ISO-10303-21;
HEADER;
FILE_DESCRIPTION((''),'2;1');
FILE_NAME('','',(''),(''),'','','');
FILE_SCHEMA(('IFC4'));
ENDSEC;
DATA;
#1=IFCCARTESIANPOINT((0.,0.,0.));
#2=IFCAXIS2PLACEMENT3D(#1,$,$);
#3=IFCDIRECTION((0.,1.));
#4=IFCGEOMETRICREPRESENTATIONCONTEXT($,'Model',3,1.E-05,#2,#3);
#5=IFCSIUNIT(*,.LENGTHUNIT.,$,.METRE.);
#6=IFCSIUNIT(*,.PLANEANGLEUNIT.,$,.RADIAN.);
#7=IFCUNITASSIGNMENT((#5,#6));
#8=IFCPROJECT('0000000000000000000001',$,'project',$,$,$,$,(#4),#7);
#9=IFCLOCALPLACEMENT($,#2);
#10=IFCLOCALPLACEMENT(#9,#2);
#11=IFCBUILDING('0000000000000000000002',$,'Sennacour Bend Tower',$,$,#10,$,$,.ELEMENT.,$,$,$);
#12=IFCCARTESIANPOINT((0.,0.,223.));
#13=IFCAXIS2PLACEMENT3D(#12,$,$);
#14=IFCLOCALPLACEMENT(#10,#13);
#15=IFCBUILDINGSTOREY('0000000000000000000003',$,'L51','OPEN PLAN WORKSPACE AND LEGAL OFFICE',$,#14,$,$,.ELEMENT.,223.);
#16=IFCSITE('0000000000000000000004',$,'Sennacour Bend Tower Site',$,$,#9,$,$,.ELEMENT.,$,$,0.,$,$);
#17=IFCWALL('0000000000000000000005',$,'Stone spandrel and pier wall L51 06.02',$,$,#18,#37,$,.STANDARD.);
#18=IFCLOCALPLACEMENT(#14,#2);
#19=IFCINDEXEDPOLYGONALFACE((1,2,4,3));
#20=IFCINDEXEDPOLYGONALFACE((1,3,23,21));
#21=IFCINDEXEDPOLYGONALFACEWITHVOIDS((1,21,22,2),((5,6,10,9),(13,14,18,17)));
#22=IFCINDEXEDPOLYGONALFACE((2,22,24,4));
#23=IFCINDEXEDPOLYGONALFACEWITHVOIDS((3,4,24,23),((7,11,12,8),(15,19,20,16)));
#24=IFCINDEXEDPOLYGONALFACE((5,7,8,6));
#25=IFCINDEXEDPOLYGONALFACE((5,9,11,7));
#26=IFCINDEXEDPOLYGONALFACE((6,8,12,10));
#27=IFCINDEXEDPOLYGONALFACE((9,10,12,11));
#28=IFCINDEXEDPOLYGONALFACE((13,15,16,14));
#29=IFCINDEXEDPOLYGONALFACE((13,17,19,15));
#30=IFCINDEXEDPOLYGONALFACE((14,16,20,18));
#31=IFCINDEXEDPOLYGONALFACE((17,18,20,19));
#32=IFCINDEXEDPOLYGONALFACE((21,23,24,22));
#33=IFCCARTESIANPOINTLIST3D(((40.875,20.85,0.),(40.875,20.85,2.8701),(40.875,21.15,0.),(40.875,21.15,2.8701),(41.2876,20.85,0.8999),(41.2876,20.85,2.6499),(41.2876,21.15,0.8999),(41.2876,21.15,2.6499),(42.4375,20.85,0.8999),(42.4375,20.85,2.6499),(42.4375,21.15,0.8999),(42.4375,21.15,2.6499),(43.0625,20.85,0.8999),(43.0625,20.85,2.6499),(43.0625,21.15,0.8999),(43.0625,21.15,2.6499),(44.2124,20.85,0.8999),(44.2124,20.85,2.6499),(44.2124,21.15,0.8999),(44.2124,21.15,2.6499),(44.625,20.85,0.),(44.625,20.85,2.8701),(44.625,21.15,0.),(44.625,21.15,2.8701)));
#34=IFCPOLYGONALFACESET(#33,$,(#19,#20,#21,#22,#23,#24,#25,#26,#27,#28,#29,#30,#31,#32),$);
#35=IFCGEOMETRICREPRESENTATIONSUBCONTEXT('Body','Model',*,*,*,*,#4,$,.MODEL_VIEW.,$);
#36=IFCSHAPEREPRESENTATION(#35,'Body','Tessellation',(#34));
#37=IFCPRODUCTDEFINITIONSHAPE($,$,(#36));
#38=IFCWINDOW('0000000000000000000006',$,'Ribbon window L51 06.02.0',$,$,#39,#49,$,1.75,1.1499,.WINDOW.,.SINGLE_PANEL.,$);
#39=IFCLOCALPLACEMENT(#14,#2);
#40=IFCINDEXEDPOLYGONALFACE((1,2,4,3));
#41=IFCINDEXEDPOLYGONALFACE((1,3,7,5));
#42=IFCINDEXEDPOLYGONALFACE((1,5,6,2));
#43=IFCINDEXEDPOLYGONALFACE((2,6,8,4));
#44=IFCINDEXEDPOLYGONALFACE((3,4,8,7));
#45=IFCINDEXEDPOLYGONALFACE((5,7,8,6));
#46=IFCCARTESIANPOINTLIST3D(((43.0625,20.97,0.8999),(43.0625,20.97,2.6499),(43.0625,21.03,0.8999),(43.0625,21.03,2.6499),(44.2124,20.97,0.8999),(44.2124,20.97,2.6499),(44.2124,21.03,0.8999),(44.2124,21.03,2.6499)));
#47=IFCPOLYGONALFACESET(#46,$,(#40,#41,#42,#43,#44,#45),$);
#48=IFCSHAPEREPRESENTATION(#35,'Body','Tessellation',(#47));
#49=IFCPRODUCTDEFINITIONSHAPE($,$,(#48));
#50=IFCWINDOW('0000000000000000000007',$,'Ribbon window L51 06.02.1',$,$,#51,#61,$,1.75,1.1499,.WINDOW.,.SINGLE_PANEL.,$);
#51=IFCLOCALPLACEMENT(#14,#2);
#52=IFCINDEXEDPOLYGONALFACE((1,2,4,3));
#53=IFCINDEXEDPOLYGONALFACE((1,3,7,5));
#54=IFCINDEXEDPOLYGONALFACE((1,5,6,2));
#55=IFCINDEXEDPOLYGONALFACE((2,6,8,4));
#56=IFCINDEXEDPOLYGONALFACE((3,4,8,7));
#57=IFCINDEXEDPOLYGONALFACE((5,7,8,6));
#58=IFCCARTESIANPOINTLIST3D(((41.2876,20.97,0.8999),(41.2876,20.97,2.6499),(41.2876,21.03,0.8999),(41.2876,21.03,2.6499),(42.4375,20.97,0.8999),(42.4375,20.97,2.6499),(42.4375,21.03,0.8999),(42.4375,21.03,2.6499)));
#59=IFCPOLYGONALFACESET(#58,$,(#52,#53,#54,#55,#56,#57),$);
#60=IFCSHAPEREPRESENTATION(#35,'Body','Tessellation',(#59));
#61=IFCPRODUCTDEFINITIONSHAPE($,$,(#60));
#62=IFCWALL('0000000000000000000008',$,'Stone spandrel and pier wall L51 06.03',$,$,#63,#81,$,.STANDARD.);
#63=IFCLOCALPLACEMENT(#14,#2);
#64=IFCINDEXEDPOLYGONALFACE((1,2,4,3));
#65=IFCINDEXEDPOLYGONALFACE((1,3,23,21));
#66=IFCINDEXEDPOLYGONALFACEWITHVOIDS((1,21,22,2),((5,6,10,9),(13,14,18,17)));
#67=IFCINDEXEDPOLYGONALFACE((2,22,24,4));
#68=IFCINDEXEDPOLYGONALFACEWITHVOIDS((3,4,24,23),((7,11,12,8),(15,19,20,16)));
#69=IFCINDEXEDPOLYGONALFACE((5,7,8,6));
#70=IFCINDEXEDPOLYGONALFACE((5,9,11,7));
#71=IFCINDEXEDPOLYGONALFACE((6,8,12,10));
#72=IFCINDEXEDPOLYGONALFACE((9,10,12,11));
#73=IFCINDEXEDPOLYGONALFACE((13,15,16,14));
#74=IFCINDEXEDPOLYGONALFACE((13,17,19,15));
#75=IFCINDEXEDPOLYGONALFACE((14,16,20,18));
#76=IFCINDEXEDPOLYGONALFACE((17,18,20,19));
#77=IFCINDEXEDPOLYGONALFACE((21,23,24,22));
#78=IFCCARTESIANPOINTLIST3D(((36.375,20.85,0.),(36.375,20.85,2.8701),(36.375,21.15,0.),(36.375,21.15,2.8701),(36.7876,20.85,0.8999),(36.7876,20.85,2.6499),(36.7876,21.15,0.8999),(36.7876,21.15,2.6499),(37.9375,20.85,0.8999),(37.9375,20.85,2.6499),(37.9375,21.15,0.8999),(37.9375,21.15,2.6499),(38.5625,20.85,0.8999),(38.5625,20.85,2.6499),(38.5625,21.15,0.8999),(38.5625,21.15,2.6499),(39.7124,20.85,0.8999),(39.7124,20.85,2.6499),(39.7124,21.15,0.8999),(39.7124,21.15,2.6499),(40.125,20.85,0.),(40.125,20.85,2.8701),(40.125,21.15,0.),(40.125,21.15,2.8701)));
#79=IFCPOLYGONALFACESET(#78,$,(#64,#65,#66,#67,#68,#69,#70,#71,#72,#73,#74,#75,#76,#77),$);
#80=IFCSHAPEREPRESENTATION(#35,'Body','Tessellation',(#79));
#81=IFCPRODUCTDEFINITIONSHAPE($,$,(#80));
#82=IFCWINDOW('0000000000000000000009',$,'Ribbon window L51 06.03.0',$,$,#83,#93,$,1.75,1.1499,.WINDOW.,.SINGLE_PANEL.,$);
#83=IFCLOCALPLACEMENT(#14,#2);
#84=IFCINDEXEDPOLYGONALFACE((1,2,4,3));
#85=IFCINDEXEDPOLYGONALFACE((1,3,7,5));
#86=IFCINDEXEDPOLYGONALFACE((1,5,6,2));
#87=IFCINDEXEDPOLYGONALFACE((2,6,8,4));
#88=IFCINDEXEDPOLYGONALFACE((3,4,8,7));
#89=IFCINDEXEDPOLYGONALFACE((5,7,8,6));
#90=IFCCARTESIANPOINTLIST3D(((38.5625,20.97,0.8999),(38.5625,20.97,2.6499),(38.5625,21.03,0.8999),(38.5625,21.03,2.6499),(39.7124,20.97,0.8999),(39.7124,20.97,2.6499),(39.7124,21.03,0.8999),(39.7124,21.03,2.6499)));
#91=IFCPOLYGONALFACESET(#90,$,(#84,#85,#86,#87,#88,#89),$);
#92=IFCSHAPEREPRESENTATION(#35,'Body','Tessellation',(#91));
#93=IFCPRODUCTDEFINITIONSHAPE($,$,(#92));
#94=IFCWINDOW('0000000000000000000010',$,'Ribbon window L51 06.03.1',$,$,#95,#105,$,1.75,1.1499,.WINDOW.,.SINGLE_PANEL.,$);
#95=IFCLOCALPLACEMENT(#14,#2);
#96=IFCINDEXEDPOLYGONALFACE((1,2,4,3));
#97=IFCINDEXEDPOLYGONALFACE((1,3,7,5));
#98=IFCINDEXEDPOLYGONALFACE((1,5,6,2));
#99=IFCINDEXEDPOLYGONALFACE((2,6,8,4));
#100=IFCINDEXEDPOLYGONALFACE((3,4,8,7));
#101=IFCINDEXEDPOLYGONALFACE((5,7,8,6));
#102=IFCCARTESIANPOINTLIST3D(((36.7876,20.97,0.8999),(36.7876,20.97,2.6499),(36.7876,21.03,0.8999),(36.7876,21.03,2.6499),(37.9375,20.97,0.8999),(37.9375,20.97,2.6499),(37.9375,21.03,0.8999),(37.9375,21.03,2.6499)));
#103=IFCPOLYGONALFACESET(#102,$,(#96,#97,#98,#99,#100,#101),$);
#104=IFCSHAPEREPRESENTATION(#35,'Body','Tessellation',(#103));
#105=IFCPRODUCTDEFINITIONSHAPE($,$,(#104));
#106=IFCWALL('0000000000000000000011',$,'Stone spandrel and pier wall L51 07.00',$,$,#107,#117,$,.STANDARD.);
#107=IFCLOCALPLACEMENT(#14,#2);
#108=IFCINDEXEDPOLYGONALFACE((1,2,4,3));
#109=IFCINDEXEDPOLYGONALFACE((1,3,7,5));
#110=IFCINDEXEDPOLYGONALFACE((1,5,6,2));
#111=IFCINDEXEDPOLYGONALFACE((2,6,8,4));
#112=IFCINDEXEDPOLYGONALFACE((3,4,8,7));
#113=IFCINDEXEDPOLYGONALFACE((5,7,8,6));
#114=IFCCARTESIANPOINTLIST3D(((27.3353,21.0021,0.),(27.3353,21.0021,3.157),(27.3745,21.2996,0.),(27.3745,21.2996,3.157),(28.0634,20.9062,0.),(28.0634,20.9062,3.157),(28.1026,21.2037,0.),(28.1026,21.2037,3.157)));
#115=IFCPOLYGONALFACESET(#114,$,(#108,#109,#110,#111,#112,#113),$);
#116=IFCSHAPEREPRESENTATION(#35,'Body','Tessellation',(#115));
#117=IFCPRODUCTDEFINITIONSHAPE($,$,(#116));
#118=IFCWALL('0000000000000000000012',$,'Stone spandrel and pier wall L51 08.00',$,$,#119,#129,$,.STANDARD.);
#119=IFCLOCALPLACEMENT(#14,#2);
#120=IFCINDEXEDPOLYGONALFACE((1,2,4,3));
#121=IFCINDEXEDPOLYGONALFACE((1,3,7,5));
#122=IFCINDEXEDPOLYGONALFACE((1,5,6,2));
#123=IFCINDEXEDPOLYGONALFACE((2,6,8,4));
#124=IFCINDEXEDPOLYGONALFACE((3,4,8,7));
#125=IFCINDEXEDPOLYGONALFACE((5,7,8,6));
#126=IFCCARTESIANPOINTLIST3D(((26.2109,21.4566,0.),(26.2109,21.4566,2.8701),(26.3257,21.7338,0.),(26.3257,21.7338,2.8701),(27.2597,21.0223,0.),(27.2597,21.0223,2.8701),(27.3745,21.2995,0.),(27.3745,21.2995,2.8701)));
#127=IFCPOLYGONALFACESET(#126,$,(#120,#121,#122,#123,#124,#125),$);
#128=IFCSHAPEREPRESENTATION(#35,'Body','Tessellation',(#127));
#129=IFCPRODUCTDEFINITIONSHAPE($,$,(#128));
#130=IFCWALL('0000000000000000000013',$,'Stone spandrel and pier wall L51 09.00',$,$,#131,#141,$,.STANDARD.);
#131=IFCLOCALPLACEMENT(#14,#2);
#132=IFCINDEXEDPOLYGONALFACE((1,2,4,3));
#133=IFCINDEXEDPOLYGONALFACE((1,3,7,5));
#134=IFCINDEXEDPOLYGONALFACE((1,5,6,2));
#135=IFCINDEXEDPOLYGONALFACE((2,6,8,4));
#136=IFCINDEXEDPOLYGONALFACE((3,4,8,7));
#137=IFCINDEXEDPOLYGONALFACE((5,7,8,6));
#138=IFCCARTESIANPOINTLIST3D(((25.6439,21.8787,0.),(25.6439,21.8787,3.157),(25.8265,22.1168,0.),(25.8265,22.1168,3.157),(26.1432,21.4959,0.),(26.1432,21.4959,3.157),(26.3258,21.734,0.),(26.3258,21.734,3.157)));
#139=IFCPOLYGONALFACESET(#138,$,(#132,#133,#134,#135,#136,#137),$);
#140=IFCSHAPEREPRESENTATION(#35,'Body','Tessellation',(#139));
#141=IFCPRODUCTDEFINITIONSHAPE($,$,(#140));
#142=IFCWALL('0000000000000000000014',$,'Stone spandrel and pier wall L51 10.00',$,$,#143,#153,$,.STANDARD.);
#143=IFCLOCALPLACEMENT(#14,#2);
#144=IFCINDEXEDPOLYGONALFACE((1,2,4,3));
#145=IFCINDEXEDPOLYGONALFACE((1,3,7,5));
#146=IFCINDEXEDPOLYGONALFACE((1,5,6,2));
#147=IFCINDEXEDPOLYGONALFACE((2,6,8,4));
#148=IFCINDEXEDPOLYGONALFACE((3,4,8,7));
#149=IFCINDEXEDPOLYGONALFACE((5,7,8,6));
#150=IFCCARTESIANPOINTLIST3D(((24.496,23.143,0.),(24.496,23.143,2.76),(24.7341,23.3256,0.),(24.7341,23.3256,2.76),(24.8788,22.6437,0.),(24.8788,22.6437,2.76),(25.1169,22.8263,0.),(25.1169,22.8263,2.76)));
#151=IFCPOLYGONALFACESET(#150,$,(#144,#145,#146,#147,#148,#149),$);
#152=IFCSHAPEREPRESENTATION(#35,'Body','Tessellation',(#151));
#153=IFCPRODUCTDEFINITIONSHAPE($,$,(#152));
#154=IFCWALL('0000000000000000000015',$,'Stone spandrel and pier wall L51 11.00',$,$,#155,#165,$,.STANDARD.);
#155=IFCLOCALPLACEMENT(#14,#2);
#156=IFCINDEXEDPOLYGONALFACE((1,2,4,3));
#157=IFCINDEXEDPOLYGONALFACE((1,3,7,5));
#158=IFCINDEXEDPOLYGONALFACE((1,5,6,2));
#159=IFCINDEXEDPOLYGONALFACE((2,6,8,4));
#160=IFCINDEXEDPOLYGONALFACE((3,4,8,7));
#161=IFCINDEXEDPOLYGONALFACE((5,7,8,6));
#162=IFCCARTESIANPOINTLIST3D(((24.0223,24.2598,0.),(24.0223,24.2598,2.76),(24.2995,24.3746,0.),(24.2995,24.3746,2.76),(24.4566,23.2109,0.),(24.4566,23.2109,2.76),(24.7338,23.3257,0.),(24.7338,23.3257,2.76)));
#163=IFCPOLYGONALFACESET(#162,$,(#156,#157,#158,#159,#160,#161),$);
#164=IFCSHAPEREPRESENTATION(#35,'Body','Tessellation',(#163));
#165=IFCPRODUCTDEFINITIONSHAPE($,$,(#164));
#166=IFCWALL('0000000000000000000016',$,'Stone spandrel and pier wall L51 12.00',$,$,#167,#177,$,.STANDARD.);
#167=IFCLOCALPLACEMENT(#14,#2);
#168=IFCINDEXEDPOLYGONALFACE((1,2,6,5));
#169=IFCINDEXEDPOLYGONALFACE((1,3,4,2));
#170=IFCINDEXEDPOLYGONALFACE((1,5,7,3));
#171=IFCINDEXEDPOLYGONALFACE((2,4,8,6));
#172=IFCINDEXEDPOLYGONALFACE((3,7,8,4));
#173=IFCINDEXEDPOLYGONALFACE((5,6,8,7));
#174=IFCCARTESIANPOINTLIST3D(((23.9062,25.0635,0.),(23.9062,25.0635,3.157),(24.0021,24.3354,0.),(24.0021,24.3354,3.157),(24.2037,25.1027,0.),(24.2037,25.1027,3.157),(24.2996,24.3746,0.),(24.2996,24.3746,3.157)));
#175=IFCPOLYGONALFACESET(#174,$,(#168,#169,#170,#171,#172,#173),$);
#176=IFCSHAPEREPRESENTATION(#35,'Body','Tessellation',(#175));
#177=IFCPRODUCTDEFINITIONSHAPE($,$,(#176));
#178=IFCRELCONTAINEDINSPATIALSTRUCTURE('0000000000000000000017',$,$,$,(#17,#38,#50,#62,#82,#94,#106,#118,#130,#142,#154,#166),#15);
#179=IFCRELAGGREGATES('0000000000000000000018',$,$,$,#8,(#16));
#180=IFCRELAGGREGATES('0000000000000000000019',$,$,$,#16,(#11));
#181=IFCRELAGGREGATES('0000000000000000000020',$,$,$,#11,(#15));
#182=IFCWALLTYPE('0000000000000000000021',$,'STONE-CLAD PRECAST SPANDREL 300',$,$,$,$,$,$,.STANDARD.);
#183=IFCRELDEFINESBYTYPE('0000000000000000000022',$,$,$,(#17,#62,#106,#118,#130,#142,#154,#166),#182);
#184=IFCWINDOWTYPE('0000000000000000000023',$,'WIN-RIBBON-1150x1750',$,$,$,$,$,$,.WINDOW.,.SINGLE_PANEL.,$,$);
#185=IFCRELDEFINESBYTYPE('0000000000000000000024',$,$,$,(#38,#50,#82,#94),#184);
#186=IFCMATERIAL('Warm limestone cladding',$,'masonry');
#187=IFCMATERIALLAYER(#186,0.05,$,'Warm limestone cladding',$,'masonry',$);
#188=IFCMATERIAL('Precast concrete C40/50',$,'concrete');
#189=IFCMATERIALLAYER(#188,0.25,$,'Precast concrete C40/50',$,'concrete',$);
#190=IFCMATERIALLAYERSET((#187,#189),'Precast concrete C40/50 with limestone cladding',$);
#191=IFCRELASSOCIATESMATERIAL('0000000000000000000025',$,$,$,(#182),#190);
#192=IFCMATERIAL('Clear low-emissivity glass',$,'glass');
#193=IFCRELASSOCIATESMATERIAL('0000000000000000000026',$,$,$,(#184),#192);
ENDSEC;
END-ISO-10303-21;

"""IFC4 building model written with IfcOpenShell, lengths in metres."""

from ifc_helpers import new_model, si_unit, direction, frame, frame_2d, origin, place, context, subcontext, project, spatial, rectangle, extrude, material, layer, layer_set, type_object, element, fill, save


model = new_model("IFC4")

# Units and contexts
model_context = context("Model", 3, precision=1e-05, world=origin(), true_north=direction((0.0, 1.0)))
body_context = subcontext(model_context, "Body", "Model", "MODEL_VIEW")
ifc_project = project(units=[si_unit("LENGTHUNIT", "METRE"), si_unit("PLANEANGLEUNIT", "RADIAN")], contexts=[model_context])

# Site, building, storey
site_placement = place(None, origin())
site = spatial("IfcSite", under=ifc_project, at=site_placement, Name="Sennacour Bend Tower Site", CompositionType="ELEMENT", RefElevation=0.0)
building_placement = place(site_placement, origin())
building = spatial("IfcBuilding", under=site, at=building_placement, Name="Sennacour Bend Tower", CompositionType="ELEMENT")
storey_placement = place(building_placement, frame((0.0, 0.0, 223.0)))
storey = spatial("IfcBuildingStorey", under=building, at=storey_placement, Name="L51", Description="OPEN PLAN WORKSPACE AND LEGAL OFFICE", CompositionType="ELEMENT", Elevation=223.0)

# Walls, openings, windows
ifc_material_1 = material(Name="Warm limestone cladding", Category="masonry")
ifc_layer_1 = layer(ifc_material_1, 0.05, Name="Warm limestone cladding", Category="masonry")
ifc_material_2 = material(Name="Precast concrete C40/50", Category="concrete")
ifc_layer_2 = layer(ifc_material_2, 0.25, Name="Precast concrete C40/50", Category="concrete")
ifc_layer_set = layer_set([ifc_layer_1, ifc_layer_2], Name="Precast concrete C40/50 with limestone cladding")
wall_type = type_object("IfcWallType", Name="STONE-CLAD PRECAST SPANDREL 300", PredefinedType="STANDARD", material=ifc_layer_set)
wall_1_placement = place(storey_placement, frame((44.625, 21.0, 0.0), z_axis=(0.0, 0.0, 1.0), x_axis=(-1.0, 0.0, 0.0)))
wall_1 = element("IfcWall", 1, at=wall_1_placement, inside=storey, type_object=wall_type, Name="Stone spandrel and pier wall L51 06.02", PredefinedType="STANDARD", context=body_context, shape_type="SweptSolid", body=[
    extrude(rectangle(XDim=3.75, YDim=0.3, at=frame_2d((1.875, 0.0))), origin(), (0.0, 0.0, 1.0), 2.8701),
])
opening_1_placement = place(wall_1_placement, frame((0.4126, 0.0, 0.8999)))
opening_1 = element("IfcOpeningElement", 2, at=opening_1_placement, cuts=wall_1, PredefinedType="OPENING", context=body_context, shape_type="SweptSolid", body=[
    extrude(rectangle(XDim=1.1499, YDim=1.75, at=frame_2d((0.575, 0.875))), frame((0.0, 0.1602, 0.0), z_axis=(0.0, -1.0, 0.0), x_axis=(1.0, 0.0, 0.0)), (0.0, 0.0, 1.0), 0.3201),
])
opening_2_placement = place(wall_1_placement, frame((2.1875, 0.0, 0.8999)))
opening_2 = element("IfcOpeningElement", 3, at=opening_2_placement, cuts=wall_1, PredefinedType="OPENING", context=body_context, shape_type="SweptSolid", body=[
    extrude(rectangle(XDim=1.1499, YDim=1.75, at=frame_2d((0.575, 0.875))), frame((0.0, 0.1602, 0.0), z_axis=(0.0, -1.0, 0.0), x_axis=(1.0, 0.0, 0.0)), (0.0, 0.0, 1.0), 0.3201),
])
ifc_material_3 = material(Name="Clear low-emissivity glass", Category="glass")
window_type_1 = type_object("IfcWindowType", Name="WIN-RIBBON-1150x1750", PartitioningType="SINGLE_PANEL", PredefinedType="WINDOW", material=ifc_material_3)
window_1_placement = place(opening_1_placement, origin())
window_1 = element("IfcWindow", 4, at=window_1_placement, inside=storey, type_object=window_type_1, Name="Ribbon window L51 06.02.0", OverallHeight=1.75, OverallWidth=1.1499, PartitioningType="SINGLE_PANEL", PredefinedType="WINDOW", context=body_context, shape_type="SweptSolid", body=[
    extrude(rectangle(XDim=1.1499, YDim=1.75, at=frame_2d((0.575, 0.875))), frame((0.0, 0.03, 0.0), z_axis=(0.0, -1.0, 0.0), x_axis=(1.0, 0.0, 0.0)), (0.0, 0.0, 1.0), 0.0601),
])
fill(opening_1, window_1)
window_2_placement = place(opening_2_placement, origin())
window_2 = element("IfcWindow", 5, at=window_2_placement, inside=storey, type_object=window_type_1, Name="Ribbon window L51 06.02.1", OverallHeight=1.75, OverallWidth=1.1499, PartitioningType="SINGLE_PANEL", PredefinedType="WINDOW", context=body_context, shape_type="SweptSolid", body=[
    extrude(rectangle(XDim=1.1499, YDim=1.75, at=frame_2d((0.575, 0.875))), frame((0.0, 0.03, 0.0), z_axis=(0.0, -1.0, 0.0), x_axis=(1.0, 0.0, 0.0)), (0.0, 0.0, 1.0), 0.0601),
])
fill(opening_2, window_2)
wall_2_placement = place(storey_placement, frame((40.125, 21.0, 0.0), z_axis=(0.0, 0.0, 1.0), x_axis=(-1.0, 0.0, 0.0)))
wall_2 = element("IfcWall", 6, at=wall_2_placement, inside=storey, type_object=wall_type, Name="Stone spandrel and pier wall L51 06.03", PredefinedType="STANDARD", context=body_context, shape_type="SweptSolid", body=[
    extrude(rectangle(XDim=3.75, YDim=0.3, at=frame_2d((1.875, 0.0))), origin(), (0.0, 0.0, 1.0), 2.8701),
])
opening_3_placement = place(wall_2_placement, frame((0.4126, 0.0, 0.8999)))
opening_3 = element("IfcOpeningElement", 7, at=opening_3_placement, cuts=wall_2, PredefinedType="OPENING", context=body_context, shape_type="SweptSolid", body=[
    extrude(rectangle(XDim=1.1499, YDim=1.75, at=frame_2d((0.575, 0.875))), frame((0.0, 0.1602, 0.0), z_axis=(0.0, -1.0, 0.0), x_axis=(1.0, 0.0, 0.0)), (0.0, 0.0, 1.0), 0.3201),
])
opening_4_placement = place(wall_2_placement, frame((2.1875, 0.0, 0.8999)))
opening_4 = element("IfcOpeningElement", 8, at=opening_4_placement, cuts=wall_2, PredefinedType="OPENING", context=body_context, shape_type="SweptSolid", body=[
    extrude(rectangle(XDim=1.1499, YDim=1.75, at=frame_2d((0.575, 0.875))), frame((0.0, 0.1602, 0.0), z_axis=(0.0, -1.0, 0.0), x_axis=(1.0, 0.0, 0.0)), (0.0, 0.0, 1.0), 0.3201),
])
window_3_placement = place(opening_3_placement, origin())
window_3 = element("IfcWindow", 9, at=window_3_placement, inside=storey, type_object=window_type_1, Name="Ribbon window L51 06.03.0", OverallHeight=1.75, OverallWidth=1.1499, PartitioningType="SINGLE_PANEL", PredefinedType="WINDOW", context=body_context, shape_type="SweptSolid", body=[
    extrude(rectangle(XDim=1.1499, YDim=1.75, at=frame_2d((0.575, 0.875))), frame((0.0, 0.03, 0.0), z_axis=(0.0, -1.0, 0.0), x_axis=(1.0, 0.0, 0.0)), (0.0, 0.0, 1.0), 0.0601),
])
fill(opening_3, window_3)
window_4_placement = place(opening_4_placement, origin())
window_4 = element("IfcWindow", 10, at=window_4_placement, inside=storey, type_object=window_type_1, Name="Ribbon window L51 06.03.1", OverallHeight=1.75, OverallWidth=1.1499, PartitioningType="SINGLE_PANEL", PredefinedType="WINDOW", context=body_context, shape_type="SweptSolid", body=[
    extrude(rectangle(XDim=1.1499, YDim=1.75, at=frame_2d((0.575, 0.875))), frame((0.0, 0.03, 0.0), z_axis=(0.0, -1.0, 0.0), x_axis=(1.0, 0.0, 0.0)), (0.0, 0.0, 1.0), 0.0601),
])
fill(opening_4, window_4)

# Walls
wall_3_placement = place(storey_placement, frame((28.083, 21.0549, 0.0), z_axis=(0.0, 0.0, 1.0), x_axis=(-0.991427, 0.130661, 0.0)))
element("IfcWall", 11, at=wall_3_placement, inside=storey, type_object=wall_type, Name="Stone spandrel and pier wall L51 07.00", PredefinedType="STANDARD", context=body_context, shape_type="SweptSolid", body=[
    extrude(rectangle(XDim=0.7344, YDim=0.3, at=frame_2d((0.3672, 0.0))), origin(), (0.0, 0.0, 1.0), 3.157),
])
wall_4_placement = place(storey_placement, frame((27.3171, 21.1609, 0.0), z_axis=(0.0, 0.0, 1.0), x_axis=(-0.923915, 0.382599, 0.0)))
element("IfcWall", 12, at=wall_4_placement, inside=storey, type_object=wall_type, Name="Stone spandrel and pier wall L51 08.00", PredefinedType="STANDARD", context=body_context, shape_type="SweptSolid", body=[
    extrude(rectangle(XDim=1.1353, YDim=0.3, at=frame_2d((0.5676, 0.0))), origin(), (0.0, 0.0, 1.0), 2.8701),
])
wall_5_placement = place(storey_placement, frame((26.2344, 21.615, 0.0), z_axis=(0.0, 0.0, 1.0), x_axis=(-0.793575, 0.608472, 0.0)))
element("IfcWall", 13, at=wall_5_placement, inside=storey, type_object=wall_type, Name="Stone spandrel and pier wall L51 09.00", PredefinedType="STANDARD", context=body_context, shape_type="SweptSolid", body=[
    extrude(rectangle(XDim=0.6292, YDim=0.3, at=frame_2d((0.3145, 0.0))), origin(), (0.0, 0.0, 1.0), 3.157),
])
wall_6_placement = place(storey_placement, frame((24.9978, 22.7351, 0.0), z_axis=(0.0, 0.0, 1.0), x_axis=(-0.608472, 0.793575, 0.0)))
element("IfcWall", 14, at=wall_6_placement, inside=storey, type_object=wall_type, Name="Stone spandrel and pier wall L51 10.00", PredefinedType="STANDARD", context=body_context, shape_type="SweptSolid", body=[
    extrude(rectangle(XDim=0.6292, YDim=0.3, at=frame_2d((0.3145, 0.0))), origin(), (0.0, 0.0, 1.0), 2.76),
])
wall_7_placement = place(storey_placement, frame((24.5952, 23.2683, 0.0), z_axis=(0.0, 0.0, 1.0), x_axis=(-0.382599, 0.923915, 0.0)))
element("IfcWall", 15, at=wall_7_placement, inside=storey, type_object=wall_type, Name="Stone spandrel and pier wall L51 11.00", PredefinedType="STANDARD", context=body_context, shape_type="SweptSolid", body=[
    extrude(rectangle(XDim=1.1353, YDim=0.3, at=frame_2d((0.5676, 0.0))), origin(), (0.0, 0.0, 1.0), 2.76),
])
wall_8_placement = place(storey_placement, frame((24.1509, 24.355, 0.0), z_axis=(0.0, 0.0, 1.0), x_axis=(-0.130661, 0.991427, 0.0)))
element("IfcWall", 16, at=wall_8_placement, inside=storey, type_object=wall_type, Name="Stone spandrel and pier wall L51 12.00", PredefinedType="STANDARD", context=body_context, shape_type="SweptSolid", body=[
    extrude(rectangle(XDim=0.7344, YDim=0.3, at=frame_2d((0.3672, 0.0))), origin(), (0.0, 0.0, 1.0), 3.157),
])

save(model, "model.ifc")
